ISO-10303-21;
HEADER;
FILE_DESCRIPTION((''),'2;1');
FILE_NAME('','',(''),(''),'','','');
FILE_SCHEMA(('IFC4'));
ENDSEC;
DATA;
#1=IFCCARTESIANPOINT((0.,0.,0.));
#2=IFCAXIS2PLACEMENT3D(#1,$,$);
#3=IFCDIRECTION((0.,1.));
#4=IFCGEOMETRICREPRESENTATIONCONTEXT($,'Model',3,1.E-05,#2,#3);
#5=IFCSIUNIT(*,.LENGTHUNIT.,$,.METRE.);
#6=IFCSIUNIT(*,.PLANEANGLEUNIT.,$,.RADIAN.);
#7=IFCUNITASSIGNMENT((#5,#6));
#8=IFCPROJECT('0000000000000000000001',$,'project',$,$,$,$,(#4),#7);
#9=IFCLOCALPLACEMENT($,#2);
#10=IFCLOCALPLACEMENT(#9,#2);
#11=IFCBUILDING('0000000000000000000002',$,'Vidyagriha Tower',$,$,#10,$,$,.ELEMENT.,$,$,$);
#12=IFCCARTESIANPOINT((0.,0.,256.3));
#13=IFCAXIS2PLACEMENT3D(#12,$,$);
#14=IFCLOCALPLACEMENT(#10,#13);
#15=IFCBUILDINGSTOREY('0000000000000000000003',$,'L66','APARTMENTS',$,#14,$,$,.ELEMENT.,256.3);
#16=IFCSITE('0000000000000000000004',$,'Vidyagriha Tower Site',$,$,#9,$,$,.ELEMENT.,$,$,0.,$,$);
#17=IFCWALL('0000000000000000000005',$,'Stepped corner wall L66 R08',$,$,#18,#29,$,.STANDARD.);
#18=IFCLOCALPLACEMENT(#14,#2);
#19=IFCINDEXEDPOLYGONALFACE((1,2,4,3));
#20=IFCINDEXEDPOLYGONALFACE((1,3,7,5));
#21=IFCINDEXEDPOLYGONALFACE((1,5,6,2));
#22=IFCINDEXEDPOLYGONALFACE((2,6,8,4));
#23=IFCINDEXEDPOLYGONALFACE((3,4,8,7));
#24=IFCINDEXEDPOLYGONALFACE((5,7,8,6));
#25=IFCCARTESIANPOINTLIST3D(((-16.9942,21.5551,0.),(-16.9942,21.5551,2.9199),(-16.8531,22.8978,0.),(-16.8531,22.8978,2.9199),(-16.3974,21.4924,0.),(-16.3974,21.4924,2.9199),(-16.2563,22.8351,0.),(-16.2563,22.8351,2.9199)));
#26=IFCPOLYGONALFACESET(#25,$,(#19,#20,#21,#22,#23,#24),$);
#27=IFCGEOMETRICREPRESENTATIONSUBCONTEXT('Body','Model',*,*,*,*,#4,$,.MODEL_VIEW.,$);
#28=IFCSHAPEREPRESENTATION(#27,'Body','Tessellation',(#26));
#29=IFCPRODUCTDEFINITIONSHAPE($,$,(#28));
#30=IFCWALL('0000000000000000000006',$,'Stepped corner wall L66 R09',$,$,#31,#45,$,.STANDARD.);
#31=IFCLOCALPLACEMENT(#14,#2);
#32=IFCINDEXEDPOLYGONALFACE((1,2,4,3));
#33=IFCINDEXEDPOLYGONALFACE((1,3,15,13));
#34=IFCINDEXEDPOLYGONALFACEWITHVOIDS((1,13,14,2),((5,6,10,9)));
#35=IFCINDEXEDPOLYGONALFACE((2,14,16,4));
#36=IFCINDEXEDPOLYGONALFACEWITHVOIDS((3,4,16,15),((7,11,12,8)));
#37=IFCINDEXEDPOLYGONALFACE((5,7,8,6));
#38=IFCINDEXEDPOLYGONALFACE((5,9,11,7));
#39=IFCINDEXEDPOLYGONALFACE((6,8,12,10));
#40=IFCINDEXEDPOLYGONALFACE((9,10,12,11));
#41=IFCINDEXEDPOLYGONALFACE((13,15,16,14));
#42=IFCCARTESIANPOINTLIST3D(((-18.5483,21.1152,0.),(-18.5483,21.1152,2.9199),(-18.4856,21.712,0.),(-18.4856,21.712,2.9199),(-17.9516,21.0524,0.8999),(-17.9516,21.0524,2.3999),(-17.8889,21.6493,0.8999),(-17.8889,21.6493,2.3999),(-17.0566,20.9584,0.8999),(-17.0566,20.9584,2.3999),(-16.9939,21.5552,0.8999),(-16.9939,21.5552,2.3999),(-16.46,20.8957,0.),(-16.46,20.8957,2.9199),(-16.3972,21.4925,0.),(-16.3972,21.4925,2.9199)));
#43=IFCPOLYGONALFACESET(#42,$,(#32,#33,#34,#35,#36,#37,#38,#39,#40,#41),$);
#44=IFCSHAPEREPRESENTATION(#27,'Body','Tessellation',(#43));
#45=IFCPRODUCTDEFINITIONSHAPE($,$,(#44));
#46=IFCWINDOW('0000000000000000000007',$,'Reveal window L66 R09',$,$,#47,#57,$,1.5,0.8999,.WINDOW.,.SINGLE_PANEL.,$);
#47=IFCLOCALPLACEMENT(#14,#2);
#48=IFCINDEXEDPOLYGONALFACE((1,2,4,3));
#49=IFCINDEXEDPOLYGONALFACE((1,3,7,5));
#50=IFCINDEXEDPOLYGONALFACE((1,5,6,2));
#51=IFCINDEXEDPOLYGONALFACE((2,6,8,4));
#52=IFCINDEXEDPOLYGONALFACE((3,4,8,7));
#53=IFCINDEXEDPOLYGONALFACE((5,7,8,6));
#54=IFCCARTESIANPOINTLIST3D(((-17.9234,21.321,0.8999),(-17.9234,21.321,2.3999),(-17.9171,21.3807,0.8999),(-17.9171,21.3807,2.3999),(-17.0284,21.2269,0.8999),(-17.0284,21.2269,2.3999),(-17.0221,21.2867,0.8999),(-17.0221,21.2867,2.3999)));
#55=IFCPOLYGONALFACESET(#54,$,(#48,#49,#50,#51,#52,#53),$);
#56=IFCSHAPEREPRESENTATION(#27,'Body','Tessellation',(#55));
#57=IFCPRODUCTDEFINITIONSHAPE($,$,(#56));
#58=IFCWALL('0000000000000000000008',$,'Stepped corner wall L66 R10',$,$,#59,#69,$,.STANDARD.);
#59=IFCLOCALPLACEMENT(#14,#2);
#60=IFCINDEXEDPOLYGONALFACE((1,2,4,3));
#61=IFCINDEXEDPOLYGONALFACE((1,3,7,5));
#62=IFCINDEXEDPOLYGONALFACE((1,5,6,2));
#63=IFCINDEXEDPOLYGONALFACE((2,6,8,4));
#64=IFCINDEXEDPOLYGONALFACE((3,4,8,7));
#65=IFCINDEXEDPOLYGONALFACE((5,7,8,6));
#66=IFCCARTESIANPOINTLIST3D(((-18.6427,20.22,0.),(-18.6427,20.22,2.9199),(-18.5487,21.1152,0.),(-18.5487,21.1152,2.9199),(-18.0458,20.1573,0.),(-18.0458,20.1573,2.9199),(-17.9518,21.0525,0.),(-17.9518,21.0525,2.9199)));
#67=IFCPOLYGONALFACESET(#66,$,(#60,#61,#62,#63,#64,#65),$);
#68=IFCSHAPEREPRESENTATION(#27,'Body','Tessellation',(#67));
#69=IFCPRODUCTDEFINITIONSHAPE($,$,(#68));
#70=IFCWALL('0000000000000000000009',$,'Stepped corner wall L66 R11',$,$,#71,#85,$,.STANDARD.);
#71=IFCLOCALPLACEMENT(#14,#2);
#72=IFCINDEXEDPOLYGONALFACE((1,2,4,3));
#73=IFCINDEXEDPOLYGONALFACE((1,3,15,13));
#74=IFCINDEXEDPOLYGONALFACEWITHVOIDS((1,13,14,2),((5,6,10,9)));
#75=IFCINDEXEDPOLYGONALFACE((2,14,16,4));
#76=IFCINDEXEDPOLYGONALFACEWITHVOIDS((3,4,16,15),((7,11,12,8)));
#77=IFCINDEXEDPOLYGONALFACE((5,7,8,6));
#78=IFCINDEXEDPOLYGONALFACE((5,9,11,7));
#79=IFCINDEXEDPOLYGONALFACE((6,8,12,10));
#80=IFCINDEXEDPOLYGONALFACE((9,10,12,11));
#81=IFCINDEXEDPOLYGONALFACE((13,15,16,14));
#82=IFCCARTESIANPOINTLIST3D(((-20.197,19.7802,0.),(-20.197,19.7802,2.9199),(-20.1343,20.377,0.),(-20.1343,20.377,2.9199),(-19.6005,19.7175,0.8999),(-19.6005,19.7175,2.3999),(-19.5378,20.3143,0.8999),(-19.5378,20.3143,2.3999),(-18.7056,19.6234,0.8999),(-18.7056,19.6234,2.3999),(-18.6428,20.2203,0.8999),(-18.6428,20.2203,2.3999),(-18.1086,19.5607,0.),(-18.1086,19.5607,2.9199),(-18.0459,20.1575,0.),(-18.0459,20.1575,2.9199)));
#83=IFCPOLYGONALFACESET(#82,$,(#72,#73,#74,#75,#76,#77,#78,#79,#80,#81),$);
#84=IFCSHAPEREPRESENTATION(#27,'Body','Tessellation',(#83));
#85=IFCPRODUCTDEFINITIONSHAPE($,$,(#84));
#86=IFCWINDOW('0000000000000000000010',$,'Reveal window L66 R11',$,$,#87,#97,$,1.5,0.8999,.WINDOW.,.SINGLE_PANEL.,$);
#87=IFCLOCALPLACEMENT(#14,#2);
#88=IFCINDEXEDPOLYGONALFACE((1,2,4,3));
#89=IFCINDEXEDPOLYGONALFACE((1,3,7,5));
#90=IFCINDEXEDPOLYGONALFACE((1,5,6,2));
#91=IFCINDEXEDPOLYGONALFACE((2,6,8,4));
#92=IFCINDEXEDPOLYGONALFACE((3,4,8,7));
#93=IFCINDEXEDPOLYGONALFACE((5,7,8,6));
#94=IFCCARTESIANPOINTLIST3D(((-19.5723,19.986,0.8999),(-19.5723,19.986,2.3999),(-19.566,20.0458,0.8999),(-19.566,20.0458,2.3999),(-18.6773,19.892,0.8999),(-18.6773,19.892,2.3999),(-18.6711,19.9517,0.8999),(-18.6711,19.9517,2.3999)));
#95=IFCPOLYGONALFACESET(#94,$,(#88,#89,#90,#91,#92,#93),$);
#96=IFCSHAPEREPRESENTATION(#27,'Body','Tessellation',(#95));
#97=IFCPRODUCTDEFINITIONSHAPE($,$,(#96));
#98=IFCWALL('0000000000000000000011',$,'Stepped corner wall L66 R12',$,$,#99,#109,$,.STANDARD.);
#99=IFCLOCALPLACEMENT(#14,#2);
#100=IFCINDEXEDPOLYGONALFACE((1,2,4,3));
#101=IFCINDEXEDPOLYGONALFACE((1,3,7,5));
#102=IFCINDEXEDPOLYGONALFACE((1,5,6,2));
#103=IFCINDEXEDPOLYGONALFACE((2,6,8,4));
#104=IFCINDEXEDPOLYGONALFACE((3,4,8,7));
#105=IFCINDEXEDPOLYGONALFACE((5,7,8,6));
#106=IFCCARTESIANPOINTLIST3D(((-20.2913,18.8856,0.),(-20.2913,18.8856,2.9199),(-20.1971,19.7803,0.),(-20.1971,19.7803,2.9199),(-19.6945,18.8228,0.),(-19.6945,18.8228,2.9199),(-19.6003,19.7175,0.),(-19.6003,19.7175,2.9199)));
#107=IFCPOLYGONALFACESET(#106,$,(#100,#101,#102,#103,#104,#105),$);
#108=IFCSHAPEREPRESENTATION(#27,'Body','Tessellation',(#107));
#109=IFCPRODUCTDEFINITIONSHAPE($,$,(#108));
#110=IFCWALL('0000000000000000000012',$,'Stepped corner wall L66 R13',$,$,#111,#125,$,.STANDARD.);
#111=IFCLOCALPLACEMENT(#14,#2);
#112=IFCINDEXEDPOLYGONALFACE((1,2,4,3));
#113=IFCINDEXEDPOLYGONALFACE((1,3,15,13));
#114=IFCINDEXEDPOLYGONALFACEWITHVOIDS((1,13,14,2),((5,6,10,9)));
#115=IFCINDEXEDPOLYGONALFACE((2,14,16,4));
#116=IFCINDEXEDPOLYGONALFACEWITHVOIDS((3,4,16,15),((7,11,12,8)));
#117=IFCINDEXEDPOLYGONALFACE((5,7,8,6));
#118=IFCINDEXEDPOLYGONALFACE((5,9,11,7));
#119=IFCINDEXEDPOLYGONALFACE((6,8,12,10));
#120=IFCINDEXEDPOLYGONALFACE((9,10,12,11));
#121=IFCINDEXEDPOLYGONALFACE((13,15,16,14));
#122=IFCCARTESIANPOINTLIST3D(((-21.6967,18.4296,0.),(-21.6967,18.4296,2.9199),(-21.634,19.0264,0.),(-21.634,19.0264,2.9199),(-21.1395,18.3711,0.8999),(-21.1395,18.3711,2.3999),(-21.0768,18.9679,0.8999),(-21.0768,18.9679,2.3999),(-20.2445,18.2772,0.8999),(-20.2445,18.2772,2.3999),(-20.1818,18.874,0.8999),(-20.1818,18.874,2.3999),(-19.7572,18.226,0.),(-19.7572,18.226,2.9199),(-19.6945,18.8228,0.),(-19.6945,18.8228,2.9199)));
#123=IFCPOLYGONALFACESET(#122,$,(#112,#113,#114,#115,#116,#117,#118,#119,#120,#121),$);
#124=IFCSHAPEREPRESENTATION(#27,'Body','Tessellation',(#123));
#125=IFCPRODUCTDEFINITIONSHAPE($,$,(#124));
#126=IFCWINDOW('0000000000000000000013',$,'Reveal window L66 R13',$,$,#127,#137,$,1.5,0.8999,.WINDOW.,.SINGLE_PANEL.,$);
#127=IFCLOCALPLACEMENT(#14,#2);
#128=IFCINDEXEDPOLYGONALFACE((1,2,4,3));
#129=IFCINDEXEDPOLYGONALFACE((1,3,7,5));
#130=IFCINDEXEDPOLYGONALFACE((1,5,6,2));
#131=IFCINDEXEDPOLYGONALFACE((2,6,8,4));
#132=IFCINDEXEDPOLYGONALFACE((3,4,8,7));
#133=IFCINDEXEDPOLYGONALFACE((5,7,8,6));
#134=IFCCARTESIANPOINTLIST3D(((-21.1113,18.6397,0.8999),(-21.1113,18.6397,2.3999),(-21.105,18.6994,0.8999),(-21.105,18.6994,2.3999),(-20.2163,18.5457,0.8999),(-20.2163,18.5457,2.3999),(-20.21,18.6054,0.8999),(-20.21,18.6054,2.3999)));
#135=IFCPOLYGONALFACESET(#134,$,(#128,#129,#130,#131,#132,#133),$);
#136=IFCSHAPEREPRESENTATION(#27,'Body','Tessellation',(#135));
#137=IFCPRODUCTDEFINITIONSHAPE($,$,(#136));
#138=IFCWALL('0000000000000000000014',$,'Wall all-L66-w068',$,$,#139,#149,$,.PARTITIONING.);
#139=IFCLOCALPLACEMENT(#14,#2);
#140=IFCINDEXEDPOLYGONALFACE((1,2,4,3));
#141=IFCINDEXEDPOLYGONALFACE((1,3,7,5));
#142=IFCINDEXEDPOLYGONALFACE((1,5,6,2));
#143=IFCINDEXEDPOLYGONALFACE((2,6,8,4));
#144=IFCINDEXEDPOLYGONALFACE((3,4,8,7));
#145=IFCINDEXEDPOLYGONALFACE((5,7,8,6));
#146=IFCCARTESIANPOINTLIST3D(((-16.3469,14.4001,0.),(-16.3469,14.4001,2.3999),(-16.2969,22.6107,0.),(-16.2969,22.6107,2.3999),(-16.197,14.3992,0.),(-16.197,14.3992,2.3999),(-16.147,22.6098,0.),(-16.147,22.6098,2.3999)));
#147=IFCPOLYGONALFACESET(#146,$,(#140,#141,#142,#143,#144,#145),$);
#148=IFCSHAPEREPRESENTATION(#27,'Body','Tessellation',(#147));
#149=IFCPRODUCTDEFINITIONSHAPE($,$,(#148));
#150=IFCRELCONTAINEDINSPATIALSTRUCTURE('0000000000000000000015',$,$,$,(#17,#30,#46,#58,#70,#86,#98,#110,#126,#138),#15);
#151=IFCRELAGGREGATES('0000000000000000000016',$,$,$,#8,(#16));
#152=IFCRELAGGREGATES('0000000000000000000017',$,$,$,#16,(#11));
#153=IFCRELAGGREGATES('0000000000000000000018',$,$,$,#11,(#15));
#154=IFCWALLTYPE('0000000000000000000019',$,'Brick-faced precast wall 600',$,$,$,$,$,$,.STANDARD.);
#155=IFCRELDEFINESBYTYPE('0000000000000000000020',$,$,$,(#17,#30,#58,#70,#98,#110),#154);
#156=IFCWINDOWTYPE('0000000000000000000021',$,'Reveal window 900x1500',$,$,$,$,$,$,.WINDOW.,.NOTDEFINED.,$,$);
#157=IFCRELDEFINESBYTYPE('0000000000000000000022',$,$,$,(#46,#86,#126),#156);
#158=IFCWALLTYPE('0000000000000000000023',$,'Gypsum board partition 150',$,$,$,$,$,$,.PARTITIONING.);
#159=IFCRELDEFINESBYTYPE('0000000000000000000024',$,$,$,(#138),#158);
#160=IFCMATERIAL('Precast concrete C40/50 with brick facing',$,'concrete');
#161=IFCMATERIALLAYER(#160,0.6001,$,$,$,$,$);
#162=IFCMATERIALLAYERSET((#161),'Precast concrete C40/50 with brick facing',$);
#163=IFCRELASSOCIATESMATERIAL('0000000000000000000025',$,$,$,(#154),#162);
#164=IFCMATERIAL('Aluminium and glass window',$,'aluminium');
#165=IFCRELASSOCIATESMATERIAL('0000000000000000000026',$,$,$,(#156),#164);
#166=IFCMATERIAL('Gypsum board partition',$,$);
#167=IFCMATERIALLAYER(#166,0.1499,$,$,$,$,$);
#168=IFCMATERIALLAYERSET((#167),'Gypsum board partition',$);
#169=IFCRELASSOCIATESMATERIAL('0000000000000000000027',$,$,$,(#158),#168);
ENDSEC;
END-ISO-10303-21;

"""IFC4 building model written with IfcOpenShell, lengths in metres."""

from ifc_helpers import new_model, si_unit, direction, frame, frame_2d, origin, place, context, subcontext, project, spatial, rectangle, extrude, material, layer, layer_set, type_object, element, fill, save


model = new_model("IFC4")

# Units and contexts
model_context = context("Model", 3, precision=1e-05, world=origin(), true_north=direction((0.0, 1.0)))
body_context = subcontext(model_context, "Body", "Model", "MODEL_VIEW")
ifc_project = project(units=[si_unit("LENGTHUNIT", "METRE"), si_unit("PLANEANGLEUNIT", "RADIAN")], contexts=[model_context])

# Site, building, storey
site_placement = place(None, origin())
site = spatial("IfcSite", under=ifc_project, at=site_placement, Name="Vidyagriha Tower Site", CompositionType="ELEMENT", RefElevation=0.0)
building_placement = place(site_placement, origin())
building = spatial("IfcBuilding", under=site, at=building_placement, Name="Vidyagriha Tower", CompositionType="ELEMENT")
storey_placement = place(building_placement, frame((0.0, 0.0, 256.3)))
storey = spatial("IfcBuildingStorey", under=building, at=storey_placement, Name="L66", Description="APARTMENTS", CompositionType="ELEMENT", Elevation=256.3)

# Wall
ifc_material_1 = material(Name="Precast concrete C40/50 with brick facing", Category="concrete")
ifc_layer_1 = layer(ifc_material_1, 0.6001)
ifc_layer_set_1 = layer_set([ifc_layer_1], Name="Precast concrete C40/50 with brick facing")
wall_type_1 = type_object("IfcWallType", Name="Brick-faced precast wall 600", PredefinedType="STANDARD", material=ifc_layer_set_1)
wall_1_placement = place(storey_placement, frame((-16.5547, 22.8665, 0.0), z_axis=(0.0, 0.0, 1.0), x_axis=(-0.104515, -0.994523, 0.0)))
element("IfcWall", 1, at=wall_1_placement, inside=storey, type_object=wall_type_1, Name="Stepped corner wall L66 R08", PredefinedType="STANDARD", context=body_context, shape_type="SweptSolid", body=[
    extrude(rectangle(XDim=1.3501, YDim=0.6001, at=frame_2d((0.675, 0.0))), origin(), (0.0, 0.0, 1.0), 2.9199),
])

# Wall, opening, window
wall_2_placement = place(storey_placement, frame((-16.4287, 21.1941, 0.0), z_axis=(0.0, 0.0, 1.0), x_axis=(-0.994523, 0.104521, 0.0)))
wall_2 = element("IfcWall", 2, at=wall_2_placement, inside=storey, type_object=wall_type_1, Name="Stepped corner wall L66 R09", PredefinedType="STANDARD", context=body_context, shape_type="SweptSolid", body=[
    extrude(rectangle(XDim=2.0999, YDim=0.6001, at=frame_2d((1.0498, 0.0))), origin(), (0.0, 0.0, 1.0), 2.9199),
])
opening_1_placement = place(wall_2_placement, frame((0.5999, 0.0, 0.8999)))
opening_1 = element("IfcOpeningElement", 3, at=opening_1_placement, cuts=wall_2, PredefinedType="OPENING", context=body_context, shape_type="SweptSolid", body=[
    extrude(rectangle(XDim=0.8999, YDim=1.5, at=frame_2d((0.45, 0.75))), frame((0.0, 0.3101, 0.0), z_axis=(0.0, -1.0, 0.0), x_axis=(1.0, 0.0, 0.0)), (0.0, 0.0, 1.0), 0.6201),
])
ifc_material_2 = material(Name="Aluminium and glass window", Category="aluminium")
window_type = type_object("IfcWindowType", Name="Reveal window 900x1500", PartitioningType="NOTDEFINED", PredefinedType="WINDOW", material=ifc_material_2)
window_1_placement = place(opening_1_placement, origin())
window_1 = element("IfcWindow", 4, at=window_1_placement, inside=storey, type_object=window_type, Name="Reveal window L66 R09", OverallHeight=1.5, OverallWidth=0.8999, PartitioningType="SINGLE_PANEL", PredefinedType="WINDOW", context=body_context, shape_type="SweptSolid", body=[
    extrude(rectangle(XDim=0.8999, YDim=1.5, at=frame_2d((0.45, 0.75))), frame((0.0, 0.03, 0.0), z_axis=(0.0, -1.0, 0.0), x_axis=(1.0, 0.0, 0.0)), (0.0, 0.0, 1.0), 0.0601),
])
fill(opening_1, window_1)

# Wall
wall_3_placement = place(storey_placement, frame((-18.2502, 21.084, 0.0), z_axis=(0.0, 0.0, 1.0), x_axis=(-0.104417, -0.994534, 0.0)))
element("IfcWall", 5, at=wall_3_placement, inside=storey, type_object=wall_type_1, Name="Stepped corner wall L66 R10", PredefinedType="STANDARD", context=body_context, shape_type="SweptSolid", body=[
    extrude(rectangle(XDim=0.9001, YDim=0.6001, at=frame_2d((0.4502, 0.0))), origin(), (0.0, 0.0, 1.0), 2.9199),
])

# Wall, opening, window
wall_4_placement = place(storey_placement, frame((-18.0774, 19.8591, 0.0), z_axis=(0.0, 0.0, 1.0), x_axis=(-0.994523, 0.104521, 0.0)))
wall_4 = element("IfcWall", 6, at=wall_4_placement, inside=storey, type_object=wall_type_1, Name="Stepped corner wall L66 R11", PredefinedType="STANDARD", context=body_context, shape_type="SweptSolid", body=[
    extrude(rectangle(XDim=2.0999, YDim=0.6001, at=frame_2d((1.0498, 0.0))), origin(), (0.0, 0.0, 1.0), 2.9199),
])
opening_2_placement = place(wall_4_placement, frame((0.6001, 0.0, 0.8999)))
opening_2 = element("IfcOpeningElement", 7, at=opening_2_placement, cuts=wall_4, PredefinedType="OPENING", context=body_context, shape_type="SweptSolid", body=[
    extrude(rectangle(XDim=0.8999, YDim=1.5, at=frame_2d((0.45, 0.75))), frame((0.0, 0.3101, 0.0), z_axis=(0.0, -1.0, 0.0), x_axis=(1.0, 0.0, 0.0)), (0.0, 0.0, 1.0), 0.6201),
])
window_2_placement = place(opening_2_placement, origin())
window_2 = element("IfcWindow", 8, at=window_2_placement, inside=storey, type_object=window_type, Name="Reveal window L66 R11", OverallHeight=1.5, OverallWidth=0.8999, PartitioningType="SINGLE_PANEL", PredefinedType="WINDOW", context=body_context, shape_type="SweptSolid", body=[
    extrude(rectangle(XDim=0.8999, YDim=1.5, at=frame_2d((0.45, 0.75))), frame((0.0, 0.03, 0.0), z_axis=(0.0, -1.0, 0.0), x_axis=(1.0, 0.0, 0.0)), (0.0, 0.0, 1.0), 0.0601),
])
fill(opening_2, window_2)

# Wall
wall_5_placement = place(storey_placement, frame((-19.8987, 19.7488, 0.0), z_axis=(0.0, 0.0, 1.0), x_axis=(-0.104741, -0.9945, 0.0)))
element("IfcWall", 9, at=wall_5_placement, inside=storey, type_object=wall_type_1, Name="Stepped corner wall L66 R12", PredefinedType="STANDARD", context=body_context, shape_type="SweptSolid", body=[
    extrude(rectangle(XDim=0.8997, YDim=0.6001, at=frame_2d((0.4497, 0.0))), origin(), (0.0, 0.0, 1.0), 2.9199),
])

# Wall, opening, window
wall_6_placement = place(storey_placement, frame((-19.7258, 18.5244, 0.0), z_axis=(0.0, 0.0, 1.0), x_axis=(-0.994534, 0.104411, 0.0)))
wall_6 = element("IfcWall", 10, at=wall_6_placement, inside=storey, type_object=wall_type_1, Name="Stepped corner wall L66 R13", PredefinedType="STANDARD", context=body_context, shape_type="SweptSolid", body=[
    extrude(rectangle(XDim=1.9502, YDim=0.6001, at=frame_2d((0.9751, 0.0))), origin(), (0.0, 0.0, 1.0), 2.9199),
])
opening_3_placement = place(wall_6_placement, frame((0.49, 0.0, 0.8999)))
opening_3 = element("IfcOpeningElement", 11, at=opening_3_placement, cuts=wall_6, PredefinedType="OPENING", context=body_context, shape_type="SweptSolid", body=[
    extrude(rectangle(XDim=0.8999, YDim=1.5, at=frame_2d((0.45, 0.75))), frame((0.0, 0.3101, 0.0), z_axis=(0.0, -1.0, 0.0), x_axis=(1.0, 0.0, 0.0)), (0.0, 0.0, 1.0), 0.6201),
])
window_3_placement = place(opening_3_placement, origin())
window_3 = element("IfcWindow", 12, at=window_3_placement, inside=storey, type_object=window_type, Name="Reveal window L66 R13", OverallHeight=1.5, OverallWidth=0.8999, PartitioningType="SINGLE_PANEL", PredefinedType="WINDOW", context=body_context, shape_type="SweptSolid", body=[
    extrude(rectangle(XDim=0.8999, YDim=1.5, at=frame_2d((0.45, 0.75))), frame((0.0, 0.03, 0.0), z_axis=(0.0, -1.0, 0.0), x_axis=(1.0, 0.0, 0.0)), (0.0, 0.0, 1.0), 0.0601),
])
fill(opening_3, window_3)

# Wall
ifc_material_3 = material(Name="Gypsum board partition")
ifc_layer_2 = layer(ifc_material_3, 0.1499)
ifc_layer_set_2 = layer_set([ifc_layer_2], Name="Gypsum board partition")
wall_type_2 = type_object("IfcWallType", Name="Gypsum board partition 150", PredefinedType="PARTITIONING", material=ifc_layer_set_2)
wall_7_placement = place(storey_placement, frame((-16.2219, 22.6104, 0.0), z_axis=(0.0, 0.0, 1.0), x_axis=(-0.006096, -0.999981, 0.0)))
element("IfcWall", 13, at=wall_7_placement, inside=storey, type_object=wall_type_2, Name="Wall all-L66-w068", PredefinedType="PARTITIONING", context=body_context, shape_type="SweptSolid", body=[
    extrude(rectangle(XDim=8.2107, YDim=0.1499, at=frame_2d((4.1055, 0.0))), origin(), (0.0, 0.0, 1.0), 2.3999),
])

save(model, "model.ifc")
